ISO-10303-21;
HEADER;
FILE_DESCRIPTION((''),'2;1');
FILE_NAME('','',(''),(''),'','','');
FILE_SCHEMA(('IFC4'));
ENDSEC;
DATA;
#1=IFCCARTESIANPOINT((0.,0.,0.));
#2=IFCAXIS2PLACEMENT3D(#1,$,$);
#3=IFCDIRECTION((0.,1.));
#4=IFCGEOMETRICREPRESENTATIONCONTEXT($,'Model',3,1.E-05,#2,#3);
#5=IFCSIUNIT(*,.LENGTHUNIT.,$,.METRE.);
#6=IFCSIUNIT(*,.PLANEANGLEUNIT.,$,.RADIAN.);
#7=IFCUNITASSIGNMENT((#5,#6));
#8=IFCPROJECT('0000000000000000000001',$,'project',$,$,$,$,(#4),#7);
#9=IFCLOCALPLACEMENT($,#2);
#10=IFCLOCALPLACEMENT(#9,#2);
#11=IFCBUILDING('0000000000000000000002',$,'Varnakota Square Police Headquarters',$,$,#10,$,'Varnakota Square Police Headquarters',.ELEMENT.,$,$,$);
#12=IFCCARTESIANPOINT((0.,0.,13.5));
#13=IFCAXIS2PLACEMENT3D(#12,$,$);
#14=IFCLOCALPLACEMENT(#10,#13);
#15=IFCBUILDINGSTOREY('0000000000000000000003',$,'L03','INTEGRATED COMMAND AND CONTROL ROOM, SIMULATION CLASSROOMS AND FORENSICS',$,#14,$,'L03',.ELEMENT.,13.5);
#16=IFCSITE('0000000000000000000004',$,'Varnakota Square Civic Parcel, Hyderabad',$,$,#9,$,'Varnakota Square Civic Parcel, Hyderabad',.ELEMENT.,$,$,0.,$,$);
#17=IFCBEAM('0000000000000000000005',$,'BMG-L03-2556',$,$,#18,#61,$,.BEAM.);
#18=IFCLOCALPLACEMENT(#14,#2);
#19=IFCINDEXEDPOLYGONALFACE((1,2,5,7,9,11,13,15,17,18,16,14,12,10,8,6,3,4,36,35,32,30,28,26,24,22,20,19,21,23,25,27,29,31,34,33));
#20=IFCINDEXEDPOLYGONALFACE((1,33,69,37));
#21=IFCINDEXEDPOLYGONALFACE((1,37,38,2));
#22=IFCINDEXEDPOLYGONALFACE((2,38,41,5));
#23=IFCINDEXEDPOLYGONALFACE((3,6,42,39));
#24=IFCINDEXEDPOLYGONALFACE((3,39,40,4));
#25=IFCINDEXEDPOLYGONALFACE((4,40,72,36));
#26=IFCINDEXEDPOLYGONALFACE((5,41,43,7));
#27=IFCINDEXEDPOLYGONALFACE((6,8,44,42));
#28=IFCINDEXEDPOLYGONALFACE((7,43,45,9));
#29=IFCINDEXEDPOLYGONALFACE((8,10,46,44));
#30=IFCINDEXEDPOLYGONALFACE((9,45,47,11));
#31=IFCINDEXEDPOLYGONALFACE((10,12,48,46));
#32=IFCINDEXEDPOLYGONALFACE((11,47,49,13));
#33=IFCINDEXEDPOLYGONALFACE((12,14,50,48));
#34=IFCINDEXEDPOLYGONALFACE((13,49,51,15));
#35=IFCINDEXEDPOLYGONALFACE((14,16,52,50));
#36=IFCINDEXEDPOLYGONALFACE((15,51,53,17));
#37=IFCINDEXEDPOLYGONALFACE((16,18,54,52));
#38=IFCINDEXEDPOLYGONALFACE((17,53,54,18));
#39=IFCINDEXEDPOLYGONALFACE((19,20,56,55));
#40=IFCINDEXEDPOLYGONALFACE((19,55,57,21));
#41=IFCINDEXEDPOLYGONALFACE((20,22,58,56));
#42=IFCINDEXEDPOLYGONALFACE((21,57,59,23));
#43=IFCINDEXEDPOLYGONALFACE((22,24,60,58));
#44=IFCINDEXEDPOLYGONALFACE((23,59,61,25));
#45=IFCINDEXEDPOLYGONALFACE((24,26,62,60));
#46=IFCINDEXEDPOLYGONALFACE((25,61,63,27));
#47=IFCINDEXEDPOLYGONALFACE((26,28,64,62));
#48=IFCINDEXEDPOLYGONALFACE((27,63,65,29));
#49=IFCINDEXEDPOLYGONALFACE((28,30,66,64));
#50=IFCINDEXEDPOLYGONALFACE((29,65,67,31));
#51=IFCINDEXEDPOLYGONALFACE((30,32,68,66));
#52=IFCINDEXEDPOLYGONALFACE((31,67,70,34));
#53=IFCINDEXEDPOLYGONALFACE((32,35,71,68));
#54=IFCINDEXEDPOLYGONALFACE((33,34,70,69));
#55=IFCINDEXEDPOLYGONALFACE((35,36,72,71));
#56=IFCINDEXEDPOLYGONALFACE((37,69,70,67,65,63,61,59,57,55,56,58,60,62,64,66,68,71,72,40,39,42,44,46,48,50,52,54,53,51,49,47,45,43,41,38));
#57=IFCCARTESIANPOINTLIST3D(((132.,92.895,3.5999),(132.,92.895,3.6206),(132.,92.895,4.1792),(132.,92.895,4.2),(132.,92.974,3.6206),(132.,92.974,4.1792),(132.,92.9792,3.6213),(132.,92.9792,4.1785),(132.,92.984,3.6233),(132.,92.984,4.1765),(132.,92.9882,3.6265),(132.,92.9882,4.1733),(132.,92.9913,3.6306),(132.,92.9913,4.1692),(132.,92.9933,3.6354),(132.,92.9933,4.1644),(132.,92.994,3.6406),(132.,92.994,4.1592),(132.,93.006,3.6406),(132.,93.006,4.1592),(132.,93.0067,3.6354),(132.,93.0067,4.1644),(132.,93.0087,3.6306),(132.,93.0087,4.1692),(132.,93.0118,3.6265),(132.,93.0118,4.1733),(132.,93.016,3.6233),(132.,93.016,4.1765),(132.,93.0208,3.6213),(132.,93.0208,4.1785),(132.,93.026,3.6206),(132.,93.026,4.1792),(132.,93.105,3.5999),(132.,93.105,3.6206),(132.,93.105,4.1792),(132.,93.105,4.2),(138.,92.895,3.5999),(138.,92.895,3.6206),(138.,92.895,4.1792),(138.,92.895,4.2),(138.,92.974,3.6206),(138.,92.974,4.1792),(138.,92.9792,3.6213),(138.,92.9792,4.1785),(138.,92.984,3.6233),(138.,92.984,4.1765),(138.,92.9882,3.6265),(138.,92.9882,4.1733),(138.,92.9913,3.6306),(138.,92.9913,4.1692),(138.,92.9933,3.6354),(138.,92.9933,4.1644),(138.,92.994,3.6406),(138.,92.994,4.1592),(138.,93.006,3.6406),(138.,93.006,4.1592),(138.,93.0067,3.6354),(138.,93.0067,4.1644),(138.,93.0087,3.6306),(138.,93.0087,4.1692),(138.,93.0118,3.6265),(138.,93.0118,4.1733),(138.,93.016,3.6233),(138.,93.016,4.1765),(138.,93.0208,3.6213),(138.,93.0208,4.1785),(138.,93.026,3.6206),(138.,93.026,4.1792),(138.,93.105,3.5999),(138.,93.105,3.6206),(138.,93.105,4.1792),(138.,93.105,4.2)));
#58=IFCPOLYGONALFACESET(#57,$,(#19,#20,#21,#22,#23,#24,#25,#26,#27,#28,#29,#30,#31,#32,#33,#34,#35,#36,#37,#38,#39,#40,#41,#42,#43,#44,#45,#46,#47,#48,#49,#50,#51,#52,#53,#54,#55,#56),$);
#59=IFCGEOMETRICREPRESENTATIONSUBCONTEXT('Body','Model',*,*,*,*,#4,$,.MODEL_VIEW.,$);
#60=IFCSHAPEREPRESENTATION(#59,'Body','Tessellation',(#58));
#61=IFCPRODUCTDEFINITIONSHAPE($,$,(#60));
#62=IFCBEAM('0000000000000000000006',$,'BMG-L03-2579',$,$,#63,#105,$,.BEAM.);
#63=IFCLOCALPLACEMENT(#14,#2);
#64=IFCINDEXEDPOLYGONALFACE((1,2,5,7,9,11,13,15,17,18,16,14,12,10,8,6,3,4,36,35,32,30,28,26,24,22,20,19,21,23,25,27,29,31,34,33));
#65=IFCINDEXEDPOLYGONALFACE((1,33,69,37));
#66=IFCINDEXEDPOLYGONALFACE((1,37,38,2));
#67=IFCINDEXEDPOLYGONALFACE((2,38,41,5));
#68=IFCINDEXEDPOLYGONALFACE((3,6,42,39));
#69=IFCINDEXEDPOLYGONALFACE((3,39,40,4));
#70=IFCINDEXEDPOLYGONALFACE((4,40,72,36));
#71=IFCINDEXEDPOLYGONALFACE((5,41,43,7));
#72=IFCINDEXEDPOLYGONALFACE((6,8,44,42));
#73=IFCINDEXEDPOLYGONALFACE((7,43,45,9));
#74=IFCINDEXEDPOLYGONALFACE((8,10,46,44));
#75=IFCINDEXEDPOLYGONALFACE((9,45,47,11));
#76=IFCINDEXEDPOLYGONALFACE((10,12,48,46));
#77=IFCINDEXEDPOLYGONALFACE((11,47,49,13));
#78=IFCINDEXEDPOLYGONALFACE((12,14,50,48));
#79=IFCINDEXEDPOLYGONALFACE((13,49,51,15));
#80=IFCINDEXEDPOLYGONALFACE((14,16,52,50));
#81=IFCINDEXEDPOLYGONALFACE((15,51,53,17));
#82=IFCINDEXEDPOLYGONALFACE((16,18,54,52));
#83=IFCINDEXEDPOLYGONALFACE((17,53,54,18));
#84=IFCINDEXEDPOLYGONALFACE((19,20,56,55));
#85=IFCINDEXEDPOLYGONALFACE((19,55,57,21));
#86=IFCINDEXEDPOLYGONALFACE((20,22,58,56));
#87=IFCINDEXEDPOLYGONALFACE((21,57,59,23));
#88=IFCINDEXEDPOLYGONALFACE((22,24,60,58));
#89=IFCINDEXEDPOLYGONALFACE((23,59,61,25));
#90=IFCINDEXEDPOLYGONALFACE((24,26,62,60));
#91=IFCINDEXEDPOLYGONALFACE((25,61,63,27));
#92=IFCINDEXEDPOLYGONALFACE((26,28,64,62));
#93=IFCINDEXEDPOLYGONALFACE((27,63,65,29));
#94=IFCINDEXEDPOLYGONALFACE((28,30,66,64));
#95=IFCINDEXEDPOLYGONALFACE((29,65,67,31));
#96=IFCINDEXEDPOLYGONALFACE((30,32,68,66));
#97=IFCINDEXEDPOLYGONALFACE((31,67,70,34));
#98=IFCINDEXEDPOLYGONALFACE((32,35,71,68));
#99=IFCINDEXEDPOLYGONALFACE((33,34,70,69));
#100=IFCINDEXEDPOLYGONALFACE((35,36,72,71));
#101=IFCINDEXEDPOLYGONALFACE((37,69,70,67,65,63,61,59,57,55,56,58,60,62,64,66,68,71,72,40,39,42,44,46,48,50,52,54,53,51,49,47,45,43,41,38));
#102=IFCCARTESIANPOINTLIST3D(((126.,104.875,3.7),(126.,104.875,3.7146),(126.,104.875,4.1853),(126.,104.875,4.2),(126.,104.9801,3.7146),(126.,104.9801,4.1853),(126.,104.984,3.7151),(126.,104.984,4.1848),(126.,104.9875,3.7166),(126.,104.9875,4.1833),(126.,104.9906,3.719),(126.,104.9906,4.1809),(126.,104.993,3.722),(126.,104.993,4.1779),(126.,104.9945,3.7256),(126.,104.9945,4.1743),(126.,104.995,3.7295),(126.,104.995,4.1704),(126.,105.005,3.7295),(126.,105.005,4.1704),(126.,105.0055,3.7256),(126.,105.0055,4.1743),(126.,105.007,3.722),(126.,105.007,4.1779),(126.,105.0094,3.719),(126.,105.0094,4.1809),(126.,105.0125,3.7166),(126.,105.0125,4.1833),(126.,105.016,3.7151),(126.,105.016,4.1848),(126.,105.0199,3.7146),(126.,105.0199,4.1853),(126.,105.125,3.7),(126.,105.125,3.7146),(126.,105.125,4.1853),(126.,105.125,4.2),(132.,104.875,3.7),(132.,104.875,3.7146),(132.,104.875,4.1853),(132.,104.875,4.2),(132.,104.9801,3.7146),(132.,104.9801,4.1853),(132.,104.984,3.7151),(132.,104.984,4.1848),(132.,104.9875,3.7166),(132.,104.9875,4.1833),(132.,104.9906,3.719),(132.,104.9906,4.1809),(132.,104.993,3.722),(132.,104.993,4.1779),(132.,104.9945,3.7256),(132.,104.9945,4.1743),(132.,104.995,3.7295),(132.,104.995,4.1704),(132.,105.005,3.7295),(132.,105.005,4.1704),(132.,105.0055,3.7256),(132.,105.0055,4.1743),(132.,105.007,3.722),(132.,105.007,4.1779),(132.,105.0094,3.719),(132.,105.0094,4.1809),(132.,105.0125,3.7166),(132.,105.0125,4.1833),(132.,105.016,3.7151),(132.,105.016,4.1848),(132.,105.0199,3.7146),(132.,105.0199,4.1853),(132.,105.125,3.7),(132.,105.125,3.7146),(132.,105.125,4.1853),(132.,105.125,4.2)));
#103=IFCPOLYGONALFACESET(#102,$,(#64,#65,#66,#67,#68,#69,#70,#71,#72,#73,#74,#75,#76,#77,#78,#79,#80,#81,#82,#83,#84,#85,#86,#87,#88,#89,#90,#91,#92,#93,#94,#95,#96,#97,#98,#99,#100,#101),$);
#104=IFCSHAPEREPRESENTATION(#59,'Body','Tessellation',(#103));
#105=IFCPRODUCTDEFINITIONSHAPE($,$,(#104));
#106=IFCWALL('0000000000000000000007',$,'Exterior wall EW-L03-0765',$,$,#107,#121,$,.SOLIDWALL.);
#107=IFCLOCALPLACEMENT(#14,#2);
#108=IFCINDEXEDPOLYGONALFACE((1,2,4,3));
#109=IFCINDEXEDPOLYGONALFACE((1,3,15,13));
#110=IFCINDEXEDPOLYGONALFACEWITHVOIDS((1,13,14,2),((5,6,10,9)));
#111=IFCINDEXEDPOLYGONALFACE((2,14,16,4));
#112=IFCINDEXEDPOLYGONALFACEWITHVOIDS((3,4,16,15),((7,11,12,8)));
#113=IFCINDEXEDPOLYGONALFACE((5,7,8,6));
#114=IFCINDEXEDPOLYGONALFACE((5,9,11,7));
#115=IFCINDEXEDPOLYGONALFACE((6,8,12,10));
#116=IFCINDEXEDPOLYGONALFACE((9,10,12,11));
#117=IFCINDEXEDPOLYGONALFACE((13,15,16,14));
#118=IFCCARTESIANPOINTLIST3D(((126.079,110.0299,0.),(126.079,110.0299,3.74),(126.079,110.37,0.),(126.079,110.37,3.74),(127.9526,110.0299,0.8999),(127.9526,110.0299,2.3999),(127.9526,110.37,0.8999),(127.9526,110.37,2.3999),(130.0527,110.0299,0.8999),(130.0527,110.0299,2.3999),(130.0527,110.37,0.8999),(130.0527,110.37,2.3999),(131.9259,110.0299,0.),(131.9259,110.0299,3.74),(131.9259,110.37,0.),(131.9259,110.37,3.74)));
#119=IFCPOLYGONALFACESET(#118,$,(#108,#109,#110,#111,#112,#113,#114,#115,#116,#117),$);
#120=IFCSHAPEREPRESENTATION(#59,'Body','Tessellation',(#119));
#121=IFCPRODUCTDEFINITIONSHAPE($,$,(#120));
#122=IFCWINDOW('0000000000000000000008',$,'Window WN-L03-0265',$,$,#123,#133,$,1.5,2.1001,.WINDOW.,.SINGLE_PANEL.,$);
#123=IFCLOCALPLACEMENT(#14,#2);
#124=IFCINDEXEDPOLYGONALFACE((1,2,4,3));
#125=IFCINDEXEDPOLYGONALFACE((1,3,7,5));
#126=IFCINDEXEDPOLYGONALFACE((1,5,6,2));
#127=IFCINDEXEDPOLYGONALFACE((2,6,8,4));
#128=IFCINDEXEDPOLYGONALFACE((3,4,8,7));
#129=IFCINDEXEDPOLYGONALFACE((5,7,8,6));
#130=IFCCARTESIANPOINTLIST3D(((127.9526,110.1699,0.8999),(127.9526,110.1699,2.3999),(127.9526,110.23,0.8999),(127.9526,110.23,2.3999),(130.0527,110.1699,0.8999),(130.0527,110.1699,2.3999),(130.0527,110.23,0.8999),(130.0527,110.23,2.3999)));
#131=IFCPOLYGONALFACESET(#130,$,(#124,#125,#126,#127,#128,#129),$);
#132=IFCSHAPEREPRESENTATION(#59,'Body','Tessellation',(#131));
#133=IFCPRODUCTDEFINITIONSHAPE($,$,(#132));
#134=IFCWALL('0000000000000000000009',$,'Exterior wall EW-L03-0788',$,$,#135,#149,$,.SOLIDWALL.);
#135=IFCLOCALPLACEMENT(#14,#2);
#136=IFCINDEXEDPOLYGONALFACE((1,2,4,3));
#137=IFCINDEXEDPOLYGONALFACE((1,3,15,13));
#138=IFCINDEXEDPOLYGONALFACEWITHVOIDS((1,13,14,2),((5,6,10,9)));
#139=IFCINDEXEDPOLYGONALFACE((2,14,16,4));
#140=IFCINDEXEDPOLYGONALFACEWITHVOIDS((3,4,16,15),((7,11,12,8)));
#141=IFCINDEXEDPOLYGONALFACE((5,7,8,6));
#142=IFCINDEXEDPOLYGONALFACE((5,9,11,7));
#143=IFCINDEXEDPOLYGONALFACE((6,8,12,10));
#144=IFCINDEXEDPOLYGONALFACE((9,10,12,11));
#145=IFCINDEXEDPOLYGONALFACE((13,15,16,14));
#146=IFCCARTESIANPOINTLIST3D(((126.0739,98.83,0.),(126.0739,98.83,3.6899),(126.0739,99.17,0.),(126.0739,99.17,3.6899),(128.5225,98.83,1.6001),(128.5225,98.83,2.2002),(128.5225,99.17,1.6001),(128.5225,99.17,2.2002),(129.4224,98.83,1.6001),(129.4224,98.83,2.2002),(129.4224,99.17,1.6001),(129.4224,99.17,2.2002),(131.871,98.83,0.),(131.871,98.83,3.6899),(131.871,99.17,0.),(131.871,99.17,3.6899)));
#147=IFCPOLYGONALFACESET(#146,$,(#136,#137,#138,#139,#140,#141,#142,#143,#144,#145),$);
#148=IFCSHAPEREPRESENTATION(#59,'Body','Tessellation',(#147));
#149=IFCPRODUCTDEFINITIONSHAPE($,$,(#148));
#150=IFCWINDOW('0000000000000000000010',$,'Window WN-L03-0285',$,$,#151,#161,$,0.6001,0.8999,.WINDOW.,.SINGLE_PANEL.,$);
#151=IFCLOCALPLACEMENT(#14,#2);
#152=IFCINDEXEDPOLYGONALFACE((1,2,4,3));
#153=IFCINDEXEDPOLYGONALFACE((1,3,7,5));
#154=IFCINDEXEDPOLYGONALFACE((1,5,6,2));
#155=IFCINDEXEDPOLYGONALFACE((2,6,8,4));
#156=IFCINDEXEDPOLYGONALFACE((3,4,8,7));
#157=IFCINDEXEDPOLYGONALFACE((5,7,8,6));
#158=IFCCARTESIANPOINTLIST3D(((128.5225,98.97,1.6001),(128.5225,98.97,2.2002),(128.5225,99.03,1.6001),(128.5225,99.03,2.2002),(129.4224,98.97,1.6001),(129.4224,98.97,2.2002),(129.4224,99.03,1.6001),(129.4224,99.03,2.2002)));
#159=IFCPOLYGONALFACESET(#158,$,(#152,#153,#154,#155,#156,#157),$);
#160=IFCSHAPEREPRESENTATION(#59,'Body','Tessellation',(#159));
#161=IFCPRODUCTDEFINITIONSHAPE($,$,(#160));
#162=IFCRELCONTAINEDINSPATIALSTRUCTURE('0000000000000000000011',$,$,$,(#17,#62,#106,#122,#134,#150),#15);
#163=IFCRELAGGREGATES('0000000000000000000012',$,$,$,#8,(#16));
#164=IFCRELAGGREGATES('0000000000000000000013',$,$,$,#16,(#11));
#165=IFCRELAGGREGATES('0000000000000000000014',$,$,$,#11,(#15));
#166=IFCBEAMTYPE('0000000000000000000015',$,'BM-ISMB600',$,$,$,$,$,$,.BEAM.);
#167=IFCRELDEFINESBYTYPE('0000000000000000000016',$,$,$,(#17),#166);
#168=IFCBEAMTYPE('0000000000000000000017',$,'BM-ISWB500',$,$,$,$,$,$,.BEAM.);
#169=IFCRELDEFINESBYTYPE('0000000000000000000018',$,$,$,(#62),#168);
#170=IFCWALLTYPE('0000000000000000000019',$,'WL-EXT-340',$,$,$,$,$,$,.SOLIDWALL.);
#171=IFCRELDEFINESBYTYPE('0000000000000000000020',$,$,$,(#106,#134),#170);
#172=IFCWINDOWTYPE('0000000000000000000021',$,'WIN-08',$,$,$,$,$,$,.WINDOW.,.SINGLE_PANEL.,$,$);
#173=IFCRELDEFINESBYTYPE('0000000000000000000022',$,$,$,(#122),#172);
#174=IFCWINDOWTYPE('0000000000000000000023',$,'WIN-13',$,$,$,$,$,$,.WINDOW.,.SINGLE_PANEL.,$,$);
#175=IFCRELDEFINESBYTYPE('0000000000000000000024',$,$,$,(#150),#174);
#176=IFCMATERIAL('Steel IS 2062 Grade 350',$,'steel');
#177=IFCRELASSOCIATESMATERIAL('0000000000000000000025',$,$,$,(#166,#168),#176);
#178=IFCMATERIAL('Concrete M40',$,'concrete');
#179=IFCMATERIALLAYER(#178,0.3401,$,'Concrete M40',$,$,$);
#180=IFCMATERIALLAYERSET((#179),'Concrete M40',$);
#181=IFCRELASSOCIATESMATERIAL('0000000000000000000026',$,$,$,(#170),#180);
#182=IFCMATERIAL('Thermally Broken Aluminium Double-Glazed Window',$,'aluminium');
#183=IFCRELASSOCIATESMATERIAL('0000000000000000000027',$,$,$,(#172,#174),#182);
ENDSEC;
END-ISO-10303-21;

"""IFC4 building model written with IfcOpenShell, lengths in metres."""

from ifc_helpers import new_model, si_unit, direction, frame, frame_2d, origin, origin_2d, place, context, subcontext, project, spatial, rectangle, i_section, extrude, material, layer, layer_set, material_profile, profile_set, type_object, element, fill, save


model = new_model("IFC4")

# Units and contexts
model_context = context("Model", 3, precision=1e-05, world=origin(), true_north=direction((0.0, 1.0)))
body_context = subcontext(model_context, "Body", "Model", "MODEL_VIEW")
ifc_project = project(units=[si_unit("LENGTHUNIT", "METRE"), si_unit("PLANEANGLEUNIT", "RADIAN")], contexts=[model_context])

# Site, building, storey
site_placement = place(None, origin())
site = spatial("IfcSite", under=ifc_project, at=site_placement, Name="Varnakota Square Civic Parcel, Hyderabad", LongName="Varnakota Square Civic Parcel, Hyderabad", CompositionType="ELEMENT", RefElevation=0.0)
building_placement = place(site_placement, origin())
building = spatial("IfcBuilding", under=site, at=building_placement, Name="Varnakota Square Police Headquarters", LongName="Varnakota Square Police Headquarters", CompositionType="ELEMENT")
storey_placement = place(building_placement, frame((0.0, 0.0, 13.5)))
storey = spatial("IfcBuildingStorey", under=building, at=storey_placement, Name="L03", Description="INTEGRATED COMMAND AND CONTROL ROOM, SIMULATION CLASSROOMS AND FORENSICS", LongName="L03", CompositionType="ELEMENT", Elevation=13.5)

# Shared definitions
ifc_material_1 = material(Name="Steel IS 2062 Grade 350", Category="steel")

# Beams
ifc_material_profile_1 = material_profile(ifc_material_1, i_section(OverallWidth=0.21, OverallDepth=0.6001, WebThickness=0.012, FlangeThickness=0.0208, FilletRadius=0.02, at=origin_2d()), Name="ISMB 600")
ifc_profile_set_1 = profile_set([ifc_material_profile_1], Name="Steel IS 2062 Grade 350")
beam_type_1 = type_object("IfcBeamType", Name="BM-ISMB600", PredefinedType="BEAM", material=ifc_profile_set_1)
beam_1_placement = place(storey_placement, frame((132.0, 93.0, 3.8999), z_axis=(1.0, 0.0, 0.0), x_axis=(0.0, 1.0, 0.0)))
element("IfcBeam", 1, at=beam_1_placement, inside=storey, type_object=beam_type_1, Name="BMG-L03-2556", PredefinedType="BEAM", context=body_context, shape_type="SweptSolid", body=[
    extrude(i_section(OverallWidth=0.21, OverallDepth=0.6001, WebThickness=0.012, FlangeThickness=0.0208, FilletRadius=0.02, at=origin_2d()), origin(), (0.0, 0.0, 1.0), 6.0),
])
ifc_material_profile_2 = material_profile(ifc_material_1, i_section(OverallWidth=0.25, OverallDepth=0.5, WebThickness=0.01, FlangeThickness=0.0146, FilletRadius=0.0149, at=origin_2d()), Name="ISWB 500")
ifc_profile_set_2 = profile_set([ifc_material_profile_2], Name="Steel IS 2062 Grade 350")
beam_type_2 = type_object("IfcBeamType", Name="BM-ISWB500", PredefinedType="BEAM", material=ifc_profile_set_2)
beam_2_placement = place(storey_placement, frame((126.0, 105.0, 3.95), z_axis=(1.0, 0.0, 0.0), x_axis=(0.0, 1.0, 0.0)))
element("IfcBeam", 2, at=beam_2_placement, inside=storey, type_object=beam_type_2, Name="BMG-L03-2579", PredefinedType="BEAM", context=body_context, shape_type="SweptSolid", body=[
    extrude(i_section(OverallWidth=0.25, OverallDepth=0.5, WebThickness=0.01, FlangeThickness=0.0146, FilletRadius=0.0149, at=origin_2d()), origin(), (0.0, 0.0, 1.0), 6.0),
])

# Walls, openings, windows
ifc_material_2 = material(Name="Concrete M40", Category="concrete")
ifc_layer_1 = layer(ifc_material_2, 0.3401, Name="Concrete M40")
ifc_layer_set_1 = layer_set([ifc_layer_1], Name="Concrete M40")
wall_type_1 = type_object("IfcWallType", Name="WL-EXT-340", PredefinedType="SOLIDWALL", material=ifc_layer_set_1)
wall_1_placement = place(storey_placement, frame((126.0791, 110.2, 0.0), z_axis=(0.0, 0.0, 1.0), x_axis=(1.0, 0.0, 0.0)))
wall_1 = element("IfcWall", 3, at=wall_1_placement, inside=storey, type_object=wall_type_1, Name="Exterior wall EW-L03-0765", PredefinedType="SOLIDWALL", context=body_context, shape_type="SweptSolid", body=[
    extrude(rectangle(XDim=5.8469, YDim=0.3401, at=frame_2d((2.9233, 0.0))), origin(), (0.0, 0.0, 1.0), 3.74),
])
opening_1_placement = place(wall_1_placement, frame((1.8735, 0.0, 0.8999)))
opening_1 = element("IfcOpeningElement", 4, at=opening_1_placement, cuts=wall_1, PredefinedType="OPENING", context=body_context, shape_type="SweptSolid", body=[
    extrude(rectangle(XDim=2.1001, YDim=1.5, at=frame_2d((1.05, 0.75))), frame((0.0, 0.1799, 0.0), z_axis=(0.0, -1.0, 0.0), x_axis=(1.0, 0.0, 0.0)), (0.0, 0.0, 1.0), 0.3601),
])
ifc_material_3 = material(Name="Thermally Broken Aluminium Double-Glazed Window", Category="aluminium")
window_type_1 = type_object("IfcWindowType", Name="WIN-08", PartitioningType="SINGLE_PANEL", PredefinedType="WINDOW", material=ifc_material_3)
window_1_placement = place(opening_1_placement, origin())
window_1 = element("IfcWindow", 5, at=window_1_placement, inside=storey, type_object=window_type_1, Name="Window WN-L03-0265", OverallHeight=1.5, OverallWidth=2.1001, PartitioningType="SINGLE_PANEL", PredefinedType="WINDOW", context=body_context, shape_type="SweptSolid", body=[
    extrude(rectangle(XDim=2.1001, YDim=1.5, at=frame_2d((1.05, 0.75))), frame((0.0, 0.03, 0.0), z_axis=(0.0, -1.0, 0.0), x_axis=(1.0, 0.0, 0.0)), (0.0, 0.0, 1.0), 0.0601),
])
fill(opening_1, window_1)
wall_2_placement = place(storey_placement, frame((126.074, 99.0, 0.0), z_axis=(0.0, 0.0, 1.0), x_axis=(1.0, 0.0, 0.0)))
wall_2 = element("IfcWall", 6, at=wall_2_placement, inside=storey, type_object=wall_type_1, Name="Exterior wall EW-L03-0788", PredefinedType="SOLIDWALL", context=body_context, shape_type="SweptSolid", body=[
    extrude(rectangle(XDim=5.7971, YDim=0.3401, at=frame_2d((2.8984, 0.0))), origin(), (0.0, 0.0, 1.0), 3.6899),
])
opening_2_placement = place(wall_2_placement, frame((2.4485, 0.0, 1.6001)))
opening_2 = element("IfcOpeningElement", 7, at=opening_2_placement, cuts=wall_2, PredefinedType="OPENING", context=body_context, shape_type="SweptSolid", body=[
    extrude(rectangle(XDim=0.8999, YDim=0.6001, at=frame_2d((0.45, 0.3))), frame((0.0, 0.1799, 0.0), z_axis=(0.0, -1.0, 0.0), x_axis=(1.0, 0.0, 0.0)), (0.0, 0.0, 1.0), 0.3601),
])
window_type_2 = type_object("IfcWindowType", Name="WIN-13", PartitioningType="SINGLE_PANEL", PredefinedType="WINDOW", material=ifc_material_3)
window_2_placement = place(opening_2_placement, origin())
window_2 = element("IfcWindow", 8, at=window_2_placement, inside=storey, type_object=window_type_2, Name="Window WN-L03-0285", OverallHeight=0.6001, OverallWidth=0.8999, PartitioningType="SINGLE_PANEL", PredefinedType="WINDOW", context=body_context, shape_type="SweptSolid", body=[
    extrude(rectangle(XDim=0.8999, YDim=0.6001, at=frame_2d((0.45, 0.3))), frame((0.0, 0.03, 0.0), z_axis=(0.0, -1.0, 0.0), x_axis=(1.0, 0.0, 0.0)), (0.0, 0.0, 1.0), 0.0601),
])
fill(opening_2, window_2)

save(model, "model.ifc")
